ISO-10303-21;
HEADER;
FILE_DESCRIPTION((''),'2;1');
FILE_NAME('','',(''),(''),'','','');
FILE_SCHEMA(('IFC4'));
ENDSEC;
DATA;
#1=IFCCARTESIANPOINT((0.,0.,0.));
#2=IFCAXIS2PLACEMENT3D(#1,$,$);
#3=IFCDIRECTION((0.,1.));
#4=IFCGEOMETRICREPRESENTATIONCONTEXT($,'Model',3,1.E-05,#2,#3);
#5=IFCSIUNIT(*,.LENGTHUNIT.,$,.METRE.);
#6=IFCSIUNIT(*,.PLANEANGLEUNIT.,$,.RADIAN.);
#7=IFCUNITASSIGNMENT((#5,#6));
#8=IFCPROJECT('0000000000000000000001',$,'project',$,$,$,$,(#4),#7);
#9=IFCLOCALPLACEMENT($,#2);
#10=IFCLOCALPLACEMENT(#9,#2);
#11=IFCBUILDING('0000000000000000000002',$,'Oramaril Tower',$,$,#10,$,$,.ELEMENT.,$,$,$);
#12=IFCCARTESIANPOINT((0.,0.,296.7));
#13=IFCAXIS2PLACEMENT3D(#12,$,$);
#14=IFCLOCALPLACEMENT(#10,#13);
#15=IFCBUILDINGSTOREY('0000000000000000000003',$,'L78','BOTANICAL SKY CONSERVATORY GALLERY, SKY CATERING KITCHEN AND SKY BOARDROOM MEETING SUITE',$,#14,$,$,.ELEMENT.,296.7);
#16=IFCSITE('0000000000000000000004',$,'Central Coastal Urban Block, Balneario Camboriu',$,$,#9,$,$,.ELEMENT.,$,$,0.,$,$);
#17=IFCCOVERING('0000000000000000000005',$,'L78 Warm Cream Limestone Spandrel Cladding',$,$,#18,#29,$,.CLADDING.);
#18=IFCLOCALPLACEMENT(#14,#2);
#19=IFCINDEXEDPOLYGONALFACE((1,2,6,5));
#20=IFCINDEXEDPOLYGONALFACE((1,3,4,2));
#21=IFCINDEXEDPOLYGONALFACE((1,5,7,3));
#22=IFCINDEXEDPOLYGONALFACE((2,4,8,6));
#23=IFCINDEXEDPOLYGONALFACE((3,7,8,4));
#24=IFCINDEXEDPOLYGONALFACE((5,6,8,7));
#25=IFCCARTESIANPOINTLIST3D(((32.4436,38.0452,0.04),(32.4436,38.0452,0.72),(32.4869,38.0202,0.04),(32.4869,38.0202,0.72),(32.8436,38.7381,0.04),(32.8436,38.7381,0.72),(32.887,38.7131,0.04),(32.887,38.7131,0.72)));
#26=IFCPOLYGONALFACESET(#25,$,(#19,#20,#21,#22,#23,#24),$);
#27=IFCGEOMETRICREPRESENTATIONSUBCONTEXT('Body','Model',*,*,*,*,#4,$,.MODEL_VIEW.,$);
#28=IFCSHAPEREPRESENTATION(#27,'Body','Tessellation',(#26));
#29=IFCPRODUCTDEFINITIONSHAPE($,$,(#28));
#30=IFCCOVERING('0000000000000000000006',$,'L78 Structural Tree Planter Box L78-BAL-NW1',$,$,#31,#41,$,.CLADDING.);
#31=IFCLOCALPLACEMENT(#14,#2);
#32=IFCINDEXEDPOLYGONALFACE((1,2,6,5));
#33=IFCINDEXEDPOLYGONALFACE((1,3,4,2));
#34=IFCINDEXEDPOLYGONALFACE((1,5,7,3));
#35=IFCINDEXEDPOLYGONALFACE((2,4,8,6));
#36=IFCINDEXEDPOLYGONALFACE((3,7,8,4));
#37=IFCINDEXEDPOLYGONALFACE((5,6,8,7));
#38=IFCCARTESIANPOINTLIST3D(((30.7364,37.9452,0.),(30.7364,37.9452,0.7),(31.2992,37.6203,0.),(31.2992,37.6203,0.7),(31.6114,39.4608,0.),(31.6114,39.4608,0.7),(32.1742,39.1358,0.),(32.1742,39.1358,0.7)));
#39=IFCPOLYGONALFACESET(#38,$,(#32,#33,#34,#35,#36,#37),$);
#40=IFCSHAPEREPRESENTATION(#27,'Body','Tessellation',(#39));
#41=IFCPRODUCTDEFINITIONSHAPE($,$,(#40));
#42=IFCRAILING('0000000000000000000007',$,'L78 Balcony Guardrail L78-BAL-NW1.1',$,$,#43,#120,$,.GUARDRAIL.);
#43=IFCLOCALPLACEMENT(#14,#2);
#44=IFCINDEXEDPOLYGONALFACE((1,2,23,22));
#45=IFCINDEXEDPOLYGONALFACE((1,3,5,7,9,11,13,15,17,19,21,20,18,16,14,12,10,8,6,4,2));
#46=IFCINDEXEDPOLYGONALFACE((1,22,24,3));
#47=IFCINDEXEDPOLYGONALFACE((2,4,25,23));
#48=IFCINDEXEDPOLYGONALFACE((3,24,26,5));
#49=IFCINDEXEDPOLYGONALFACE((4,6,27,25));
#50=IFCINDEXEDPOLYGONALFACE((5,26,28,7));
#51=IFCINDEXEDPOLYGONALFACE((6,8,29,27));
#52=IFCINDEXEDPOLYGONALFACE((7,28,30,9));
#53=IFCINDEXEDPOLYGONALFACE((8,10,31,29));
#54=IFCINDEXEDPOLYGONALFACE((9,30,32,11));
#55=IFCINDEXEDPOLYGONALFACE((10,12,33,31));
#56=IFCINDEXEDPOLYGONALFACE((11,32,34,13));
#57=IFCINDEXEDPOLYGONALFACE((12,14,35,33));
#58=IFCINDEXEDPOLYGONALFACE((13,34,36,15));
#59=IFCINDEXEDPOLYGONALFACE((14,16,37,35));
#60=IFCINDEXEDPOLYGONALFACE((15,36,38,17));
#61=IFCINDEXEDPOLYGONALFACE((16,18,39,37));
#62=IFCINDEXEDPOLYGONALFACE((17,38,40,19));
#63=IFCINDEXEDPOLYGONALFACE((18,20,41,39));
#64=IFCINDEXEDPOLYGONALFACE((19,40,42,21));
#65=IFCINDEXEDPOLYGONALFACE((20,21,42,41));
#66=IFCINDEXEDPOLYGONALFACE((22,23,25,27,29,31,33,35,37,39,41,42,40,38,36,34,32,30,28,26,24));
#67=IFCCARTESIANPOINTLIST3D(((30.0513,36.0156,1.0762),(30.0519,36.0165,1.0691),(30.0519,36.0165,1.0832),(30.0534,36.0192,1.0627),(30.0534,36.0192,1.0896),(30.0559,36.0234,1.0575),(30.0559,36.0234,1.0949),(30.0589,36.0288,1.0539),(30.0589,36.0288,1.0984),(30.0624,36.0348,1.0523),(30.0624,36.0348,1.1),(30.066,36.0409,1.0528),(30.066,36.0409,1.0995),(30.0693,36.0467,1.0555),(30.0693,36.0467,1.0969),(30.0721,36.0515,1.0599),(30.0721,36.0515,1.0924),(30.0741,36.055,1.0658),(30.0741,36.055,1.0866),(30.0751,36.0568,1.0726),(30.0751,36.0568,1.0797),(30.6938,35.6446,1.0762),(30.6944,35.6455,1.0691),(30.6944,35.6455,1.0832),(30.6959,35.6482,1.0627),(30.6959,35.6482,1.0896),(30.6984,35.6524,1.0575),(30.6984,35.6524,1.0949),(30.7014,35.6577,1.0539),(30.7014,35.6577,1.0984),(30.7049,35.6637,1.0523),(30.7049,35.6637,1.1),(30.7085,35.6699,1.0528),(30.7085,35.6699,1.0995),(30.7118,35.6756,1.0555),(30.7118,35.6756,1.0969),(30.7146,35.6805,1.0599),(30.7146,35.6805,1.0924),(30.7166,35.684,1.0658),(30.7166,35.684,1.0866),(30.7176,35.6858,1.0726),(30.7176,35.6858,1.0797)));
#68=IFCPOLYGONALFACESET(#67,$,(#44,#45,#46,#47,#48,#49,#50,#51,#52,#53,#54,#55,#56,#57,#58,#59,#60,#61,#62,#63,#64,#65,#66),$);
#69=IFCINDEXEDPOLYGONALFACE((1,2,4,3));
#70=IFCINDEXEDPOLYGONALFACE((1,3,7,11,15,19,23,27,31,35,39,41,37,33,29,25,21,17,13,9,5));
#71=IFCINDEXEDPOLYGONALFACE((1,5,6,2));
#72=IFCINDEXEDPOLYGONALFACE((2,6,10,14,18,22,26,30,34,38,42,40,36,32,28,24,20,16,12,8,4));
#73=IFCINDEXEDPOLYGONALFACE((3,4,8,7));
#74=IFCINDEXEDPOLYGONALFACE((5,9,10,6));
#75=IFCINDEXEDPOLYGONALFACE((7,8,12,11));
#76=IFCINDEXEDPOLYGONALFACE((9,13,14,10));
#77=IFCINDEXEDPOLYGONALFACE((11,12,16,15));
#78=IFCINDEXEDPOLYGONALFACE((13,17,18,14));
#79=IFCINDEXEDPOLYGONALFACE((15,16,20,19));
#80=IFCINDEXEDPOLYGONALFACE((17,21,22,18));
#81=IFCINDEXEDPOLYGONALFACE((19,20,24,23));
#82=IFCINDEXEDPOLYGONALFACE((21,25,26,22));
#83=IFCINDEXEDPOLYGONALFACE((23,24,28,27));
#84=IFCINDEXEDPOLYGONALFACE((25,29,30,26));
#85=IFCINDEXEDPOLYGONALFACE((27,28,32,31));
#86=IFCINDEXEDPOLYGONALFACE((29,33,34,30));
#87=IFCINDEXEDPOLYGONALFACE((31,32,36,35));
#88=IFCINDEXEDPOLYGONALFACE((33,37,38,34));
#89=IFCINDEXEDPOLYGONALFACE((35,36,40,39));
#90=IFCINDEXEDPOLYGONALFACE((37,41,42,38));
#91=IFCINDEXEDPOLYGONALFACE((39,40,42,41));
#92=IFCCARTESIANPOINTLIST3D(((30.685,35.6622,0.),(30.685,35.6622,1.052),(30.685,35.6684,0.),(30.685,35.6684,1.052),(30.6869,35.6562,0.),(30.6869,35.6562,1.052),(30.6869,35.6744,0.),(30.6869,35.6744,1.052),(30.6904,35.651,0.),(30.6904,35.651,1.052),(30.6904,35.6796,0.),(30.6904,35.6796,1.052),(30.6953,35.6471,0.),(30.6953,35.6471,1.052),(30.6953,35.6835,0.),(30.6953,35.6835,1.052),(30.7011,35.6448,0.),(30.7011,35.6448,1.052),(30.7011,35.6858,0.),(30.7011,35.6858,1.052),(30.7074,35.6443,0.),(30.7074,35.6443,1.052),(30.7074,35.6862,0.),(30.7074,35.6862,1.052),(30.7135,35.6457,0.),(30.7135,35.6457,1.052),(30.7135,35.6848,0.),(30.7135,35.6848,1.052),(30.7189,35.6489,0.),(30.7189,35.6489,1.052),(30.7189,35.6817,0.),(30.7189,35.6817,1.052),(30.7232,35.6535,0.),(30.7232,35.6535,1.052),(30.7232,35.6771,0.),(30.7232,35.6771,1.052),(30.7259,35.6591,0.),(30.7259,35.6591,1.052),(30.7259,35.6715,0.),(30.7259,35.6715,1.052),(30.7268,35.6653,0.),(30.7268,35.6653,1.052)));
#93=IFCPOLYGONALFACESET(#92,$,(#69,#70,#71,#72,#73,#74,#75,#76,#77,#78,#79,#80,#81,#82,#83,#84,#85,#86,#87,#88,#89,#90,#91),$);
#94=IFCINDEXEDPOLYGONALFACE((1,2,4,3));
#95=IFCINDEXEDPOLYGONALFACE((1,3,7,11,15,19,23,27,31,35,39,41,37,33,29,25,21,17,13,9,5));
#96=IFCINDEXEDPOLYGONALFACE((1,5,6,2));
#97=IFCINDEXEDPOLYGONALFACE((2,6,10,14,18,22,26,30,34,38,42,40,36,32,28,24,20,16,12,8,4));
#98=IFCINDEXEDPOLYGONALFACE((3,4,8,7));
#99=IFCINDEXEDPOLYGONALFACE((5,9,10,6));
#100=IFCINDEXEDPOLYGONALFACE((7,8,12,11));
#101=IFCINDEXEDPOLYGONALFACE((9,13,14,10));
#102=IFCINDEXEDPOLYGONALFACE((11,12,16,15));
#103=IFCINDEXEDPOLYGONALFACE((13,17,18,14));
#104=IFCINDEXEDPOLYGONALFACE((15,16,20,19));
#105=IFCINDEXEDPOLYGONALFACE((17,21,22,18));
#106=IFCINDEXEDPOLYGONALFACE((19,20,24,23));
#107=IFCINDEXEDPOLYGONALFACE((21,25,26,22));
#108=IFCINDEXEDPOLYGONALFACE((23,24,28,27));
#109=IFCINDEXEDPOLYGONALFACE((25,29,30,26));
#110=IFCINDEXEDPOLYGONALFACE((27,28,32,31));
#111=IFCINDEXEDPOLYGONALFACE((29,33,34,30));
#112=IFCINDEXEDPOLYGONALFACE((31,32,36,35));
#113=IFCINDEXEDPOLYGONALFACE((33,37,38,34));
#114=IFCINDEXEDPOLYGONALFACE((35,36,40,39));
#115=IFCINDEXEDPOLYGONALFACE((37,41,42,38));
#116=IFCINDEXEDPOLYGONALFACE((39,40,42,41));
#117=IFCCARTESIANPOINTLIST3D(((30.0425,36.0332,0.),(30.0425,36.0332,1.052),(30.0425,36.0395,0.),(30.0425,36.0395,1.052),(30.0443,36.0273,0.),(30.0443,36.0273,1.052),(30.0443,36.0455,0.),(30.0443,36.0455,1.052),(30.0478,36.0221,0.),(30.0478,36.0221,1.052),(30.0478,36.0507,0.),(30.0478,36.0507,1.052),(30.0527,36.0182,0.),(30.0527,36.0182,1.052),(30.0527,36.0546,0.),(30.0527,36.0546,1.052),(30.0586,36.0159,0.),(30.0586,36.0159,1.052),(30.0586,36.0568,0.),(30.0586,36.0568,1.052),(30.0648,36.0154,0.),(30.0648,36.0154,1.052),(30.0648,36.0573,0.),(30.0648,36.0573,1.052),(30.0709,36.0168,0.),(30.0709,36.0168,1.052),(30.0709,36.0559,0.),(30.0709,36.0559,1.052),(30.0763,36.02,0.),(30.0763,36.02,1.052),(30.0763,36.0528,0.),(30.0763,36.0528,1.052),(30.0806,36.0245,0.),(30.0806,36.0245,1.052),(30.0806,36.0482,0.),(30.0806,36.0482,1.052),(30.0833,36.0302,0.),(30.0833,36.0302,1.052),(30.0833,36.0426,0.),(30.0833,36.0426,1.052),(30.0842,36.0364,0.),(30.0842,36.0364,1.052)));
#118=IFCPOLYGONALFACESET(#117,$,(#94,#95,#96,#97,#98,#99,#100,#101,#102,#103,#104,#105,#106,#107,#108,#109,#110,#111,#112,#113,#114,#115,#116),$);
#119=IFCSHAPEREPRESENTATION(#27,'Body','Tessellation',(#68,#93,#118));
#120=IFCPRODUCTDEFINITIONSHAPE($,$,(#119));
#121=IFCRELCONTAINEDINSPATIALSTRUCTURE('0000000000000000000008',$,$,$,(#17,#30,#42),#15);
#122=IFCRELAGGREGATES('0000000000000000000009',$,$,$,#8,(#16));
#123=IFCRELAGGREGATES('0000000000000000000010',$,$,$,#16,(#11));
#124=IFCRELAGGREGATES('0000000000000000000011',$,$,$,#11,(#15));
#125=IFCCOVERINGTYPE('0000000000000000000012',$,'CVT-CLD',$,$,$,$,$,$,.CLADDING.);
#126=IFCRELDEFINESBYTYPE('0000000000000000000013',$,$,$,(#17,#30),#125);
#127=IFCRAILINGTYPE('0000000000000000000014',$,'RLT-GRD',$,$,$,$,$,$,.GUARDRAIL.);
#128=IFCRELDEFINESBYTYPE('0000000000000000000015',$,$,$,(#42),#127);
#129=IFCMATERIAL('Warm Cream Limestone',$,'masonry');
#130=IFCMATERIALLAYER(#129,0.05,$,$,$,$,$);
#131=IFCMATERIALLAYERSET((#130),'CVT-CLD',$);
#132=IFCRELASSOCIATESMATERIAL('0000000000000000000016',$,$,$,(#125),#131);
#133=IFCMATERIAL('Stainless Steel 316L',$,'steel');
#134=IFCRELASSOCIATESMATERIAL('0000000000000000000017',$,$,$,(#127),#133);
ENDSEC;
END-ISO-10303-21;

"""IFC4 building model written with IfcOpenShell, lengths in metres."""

from ifc_helpers import new_model, si_unit, direction, frame, origin, origin_2d, place, context, subcontext, project, spatial, rectangle, circle, extrude, material, layer, layer_set, type_object, element, save


model = new_model("IFC4")

# Units and contexts
model_context = context("Model", 3, precision=1e-05, world=origin(), true_north=direction((0.0, 1.0)))
body_context = subcontext(model_context, "Body", "Model", "MODEL_VIEW")
ifc_project = project(units=[si_unit("LENGTHUNIT", "METRE"), si_unit("PLANEANGLEUNIT", "RADIAN")], contexts=[model_context])

# Site, building, storey
site_placement = place(None, origin())
site = spatial("IfcSite", under=ifc_project, at=site_placement, Name="Central Coastal Urban Block, Balneario Camboriu", CompositionType="ELEMENT", RefElevation=0.0)
building_placement = place(site_placement, origin())
building = spatial("IfcBuilding", under=site, at=building_placement, Name="Oramaril Tower", CompositionType="ELEMENT")
storey_placement = place(building_placement, frame((0.0, 0.0, 296.7)))
storey = spatial("IfcBuildingStorey", under=building, at=storey_placement, Name="L78", Description="BOTANICAL SKY CONSERVATORY GALLERY, SKY CATERING KITCHEN AND SKY BOARDROOM MEETING SUITE", CompositionType="ELEMENT", Elevation=296.7)

# Coverings
ifc_material_1 = material(Name="Warm Cream Limestone", Category="masonry")
ifc_layer_1 = layer(ifc_material_1, 0.05)
ifc_layer_set_1 = layer_set([ifc_layer_1], Name="CVT-CLD")
covering_type = type_object("IfcCoveringType", Name="CVT-CLD", PredefinedType="CLADDING", material=ifc_layer_set_1)
covering_1_placement = place(storey_placement, frame((32.6653, 38.3792, 0.04), z_axis=(0.0, 0.0, 1.0), x_axis=(-0.5, -0.866025, 0.0)))
element("IfcCovering", 1, at=covering_1_placement, inside=storey, type_object=covering_type, Name="L78 Warm Cream Limestone Spandrel Cladding", PredefinedType="CLADDING", context=body_context, shape_type="SweptSolid", body=[
    extrude(rectangle(XDim=0.8, YDim=0.05, at=origin_2d()), origin(), (0.0, 0.0, 1.0), 0.6799),
])
covering_2_placement = place(storey_placement, frame((31.4553, 38.5405, 0.0), z_axis=(0.0, 0.0, 1.0), x_axis=(-0.5, -0.866025, 0.0)))
element("IfcCovering", 2, at=covering_2_placement, inside=storey, type_object=covering_type, Name="L78 Structural Tree Planter Box L78-BAL-NW1", PredefinedType="CLADDING", context=body_context, shape_type="SweptSolid", body=[
    extrude(rectangle(XDim=1.75, YDim=0.6499, at=origin_2d()), origin(), (0.0, 0.0, 1.0), 0.7),
])

# Railing
ifc_material_2 = material(Name="Stainless Steel 316L", Category="steel")
railing_type = type_object("IfcRailingType", Name="RLT-GRD", PredefinedType="GUARDRAIL", material=ifc_material_2)
railing_1_placement = place(storey_placement, frame((30.7058, 35.6653, 0.0)))
element("IfcRailing", 3, at=railing_1_placement, inside=storey, type_object=railing_type, Name="L78 Balcony Guardrail L78-BAL-NW1.1", PredefinedType="GUARDRAIL", context=body_context, shape_type="SweptSolid", body=[
    extrude(circle(Radius=0.0239, at=origin_2d()), frame((0.0, 0.0, 1.0762), z_axis=(-0.865966, 0.500102, 0.0), x_axis=(-0.500102, -0.865966, 0.0)), (0.0, 0.0, 1.0), 0.7419),
    extrude(circle(Radius=0.021, at=origin_2d()), origin(), (0.0, 0.0, 1.0), 1.052),
    extrude(circle(Radius=0.021, at=origin_2d()), frame((-0.6426, 0.3711, 0.0)), (0.0, 0.0, 1.0), 1.052),
])

save(model, "model.ifc")
